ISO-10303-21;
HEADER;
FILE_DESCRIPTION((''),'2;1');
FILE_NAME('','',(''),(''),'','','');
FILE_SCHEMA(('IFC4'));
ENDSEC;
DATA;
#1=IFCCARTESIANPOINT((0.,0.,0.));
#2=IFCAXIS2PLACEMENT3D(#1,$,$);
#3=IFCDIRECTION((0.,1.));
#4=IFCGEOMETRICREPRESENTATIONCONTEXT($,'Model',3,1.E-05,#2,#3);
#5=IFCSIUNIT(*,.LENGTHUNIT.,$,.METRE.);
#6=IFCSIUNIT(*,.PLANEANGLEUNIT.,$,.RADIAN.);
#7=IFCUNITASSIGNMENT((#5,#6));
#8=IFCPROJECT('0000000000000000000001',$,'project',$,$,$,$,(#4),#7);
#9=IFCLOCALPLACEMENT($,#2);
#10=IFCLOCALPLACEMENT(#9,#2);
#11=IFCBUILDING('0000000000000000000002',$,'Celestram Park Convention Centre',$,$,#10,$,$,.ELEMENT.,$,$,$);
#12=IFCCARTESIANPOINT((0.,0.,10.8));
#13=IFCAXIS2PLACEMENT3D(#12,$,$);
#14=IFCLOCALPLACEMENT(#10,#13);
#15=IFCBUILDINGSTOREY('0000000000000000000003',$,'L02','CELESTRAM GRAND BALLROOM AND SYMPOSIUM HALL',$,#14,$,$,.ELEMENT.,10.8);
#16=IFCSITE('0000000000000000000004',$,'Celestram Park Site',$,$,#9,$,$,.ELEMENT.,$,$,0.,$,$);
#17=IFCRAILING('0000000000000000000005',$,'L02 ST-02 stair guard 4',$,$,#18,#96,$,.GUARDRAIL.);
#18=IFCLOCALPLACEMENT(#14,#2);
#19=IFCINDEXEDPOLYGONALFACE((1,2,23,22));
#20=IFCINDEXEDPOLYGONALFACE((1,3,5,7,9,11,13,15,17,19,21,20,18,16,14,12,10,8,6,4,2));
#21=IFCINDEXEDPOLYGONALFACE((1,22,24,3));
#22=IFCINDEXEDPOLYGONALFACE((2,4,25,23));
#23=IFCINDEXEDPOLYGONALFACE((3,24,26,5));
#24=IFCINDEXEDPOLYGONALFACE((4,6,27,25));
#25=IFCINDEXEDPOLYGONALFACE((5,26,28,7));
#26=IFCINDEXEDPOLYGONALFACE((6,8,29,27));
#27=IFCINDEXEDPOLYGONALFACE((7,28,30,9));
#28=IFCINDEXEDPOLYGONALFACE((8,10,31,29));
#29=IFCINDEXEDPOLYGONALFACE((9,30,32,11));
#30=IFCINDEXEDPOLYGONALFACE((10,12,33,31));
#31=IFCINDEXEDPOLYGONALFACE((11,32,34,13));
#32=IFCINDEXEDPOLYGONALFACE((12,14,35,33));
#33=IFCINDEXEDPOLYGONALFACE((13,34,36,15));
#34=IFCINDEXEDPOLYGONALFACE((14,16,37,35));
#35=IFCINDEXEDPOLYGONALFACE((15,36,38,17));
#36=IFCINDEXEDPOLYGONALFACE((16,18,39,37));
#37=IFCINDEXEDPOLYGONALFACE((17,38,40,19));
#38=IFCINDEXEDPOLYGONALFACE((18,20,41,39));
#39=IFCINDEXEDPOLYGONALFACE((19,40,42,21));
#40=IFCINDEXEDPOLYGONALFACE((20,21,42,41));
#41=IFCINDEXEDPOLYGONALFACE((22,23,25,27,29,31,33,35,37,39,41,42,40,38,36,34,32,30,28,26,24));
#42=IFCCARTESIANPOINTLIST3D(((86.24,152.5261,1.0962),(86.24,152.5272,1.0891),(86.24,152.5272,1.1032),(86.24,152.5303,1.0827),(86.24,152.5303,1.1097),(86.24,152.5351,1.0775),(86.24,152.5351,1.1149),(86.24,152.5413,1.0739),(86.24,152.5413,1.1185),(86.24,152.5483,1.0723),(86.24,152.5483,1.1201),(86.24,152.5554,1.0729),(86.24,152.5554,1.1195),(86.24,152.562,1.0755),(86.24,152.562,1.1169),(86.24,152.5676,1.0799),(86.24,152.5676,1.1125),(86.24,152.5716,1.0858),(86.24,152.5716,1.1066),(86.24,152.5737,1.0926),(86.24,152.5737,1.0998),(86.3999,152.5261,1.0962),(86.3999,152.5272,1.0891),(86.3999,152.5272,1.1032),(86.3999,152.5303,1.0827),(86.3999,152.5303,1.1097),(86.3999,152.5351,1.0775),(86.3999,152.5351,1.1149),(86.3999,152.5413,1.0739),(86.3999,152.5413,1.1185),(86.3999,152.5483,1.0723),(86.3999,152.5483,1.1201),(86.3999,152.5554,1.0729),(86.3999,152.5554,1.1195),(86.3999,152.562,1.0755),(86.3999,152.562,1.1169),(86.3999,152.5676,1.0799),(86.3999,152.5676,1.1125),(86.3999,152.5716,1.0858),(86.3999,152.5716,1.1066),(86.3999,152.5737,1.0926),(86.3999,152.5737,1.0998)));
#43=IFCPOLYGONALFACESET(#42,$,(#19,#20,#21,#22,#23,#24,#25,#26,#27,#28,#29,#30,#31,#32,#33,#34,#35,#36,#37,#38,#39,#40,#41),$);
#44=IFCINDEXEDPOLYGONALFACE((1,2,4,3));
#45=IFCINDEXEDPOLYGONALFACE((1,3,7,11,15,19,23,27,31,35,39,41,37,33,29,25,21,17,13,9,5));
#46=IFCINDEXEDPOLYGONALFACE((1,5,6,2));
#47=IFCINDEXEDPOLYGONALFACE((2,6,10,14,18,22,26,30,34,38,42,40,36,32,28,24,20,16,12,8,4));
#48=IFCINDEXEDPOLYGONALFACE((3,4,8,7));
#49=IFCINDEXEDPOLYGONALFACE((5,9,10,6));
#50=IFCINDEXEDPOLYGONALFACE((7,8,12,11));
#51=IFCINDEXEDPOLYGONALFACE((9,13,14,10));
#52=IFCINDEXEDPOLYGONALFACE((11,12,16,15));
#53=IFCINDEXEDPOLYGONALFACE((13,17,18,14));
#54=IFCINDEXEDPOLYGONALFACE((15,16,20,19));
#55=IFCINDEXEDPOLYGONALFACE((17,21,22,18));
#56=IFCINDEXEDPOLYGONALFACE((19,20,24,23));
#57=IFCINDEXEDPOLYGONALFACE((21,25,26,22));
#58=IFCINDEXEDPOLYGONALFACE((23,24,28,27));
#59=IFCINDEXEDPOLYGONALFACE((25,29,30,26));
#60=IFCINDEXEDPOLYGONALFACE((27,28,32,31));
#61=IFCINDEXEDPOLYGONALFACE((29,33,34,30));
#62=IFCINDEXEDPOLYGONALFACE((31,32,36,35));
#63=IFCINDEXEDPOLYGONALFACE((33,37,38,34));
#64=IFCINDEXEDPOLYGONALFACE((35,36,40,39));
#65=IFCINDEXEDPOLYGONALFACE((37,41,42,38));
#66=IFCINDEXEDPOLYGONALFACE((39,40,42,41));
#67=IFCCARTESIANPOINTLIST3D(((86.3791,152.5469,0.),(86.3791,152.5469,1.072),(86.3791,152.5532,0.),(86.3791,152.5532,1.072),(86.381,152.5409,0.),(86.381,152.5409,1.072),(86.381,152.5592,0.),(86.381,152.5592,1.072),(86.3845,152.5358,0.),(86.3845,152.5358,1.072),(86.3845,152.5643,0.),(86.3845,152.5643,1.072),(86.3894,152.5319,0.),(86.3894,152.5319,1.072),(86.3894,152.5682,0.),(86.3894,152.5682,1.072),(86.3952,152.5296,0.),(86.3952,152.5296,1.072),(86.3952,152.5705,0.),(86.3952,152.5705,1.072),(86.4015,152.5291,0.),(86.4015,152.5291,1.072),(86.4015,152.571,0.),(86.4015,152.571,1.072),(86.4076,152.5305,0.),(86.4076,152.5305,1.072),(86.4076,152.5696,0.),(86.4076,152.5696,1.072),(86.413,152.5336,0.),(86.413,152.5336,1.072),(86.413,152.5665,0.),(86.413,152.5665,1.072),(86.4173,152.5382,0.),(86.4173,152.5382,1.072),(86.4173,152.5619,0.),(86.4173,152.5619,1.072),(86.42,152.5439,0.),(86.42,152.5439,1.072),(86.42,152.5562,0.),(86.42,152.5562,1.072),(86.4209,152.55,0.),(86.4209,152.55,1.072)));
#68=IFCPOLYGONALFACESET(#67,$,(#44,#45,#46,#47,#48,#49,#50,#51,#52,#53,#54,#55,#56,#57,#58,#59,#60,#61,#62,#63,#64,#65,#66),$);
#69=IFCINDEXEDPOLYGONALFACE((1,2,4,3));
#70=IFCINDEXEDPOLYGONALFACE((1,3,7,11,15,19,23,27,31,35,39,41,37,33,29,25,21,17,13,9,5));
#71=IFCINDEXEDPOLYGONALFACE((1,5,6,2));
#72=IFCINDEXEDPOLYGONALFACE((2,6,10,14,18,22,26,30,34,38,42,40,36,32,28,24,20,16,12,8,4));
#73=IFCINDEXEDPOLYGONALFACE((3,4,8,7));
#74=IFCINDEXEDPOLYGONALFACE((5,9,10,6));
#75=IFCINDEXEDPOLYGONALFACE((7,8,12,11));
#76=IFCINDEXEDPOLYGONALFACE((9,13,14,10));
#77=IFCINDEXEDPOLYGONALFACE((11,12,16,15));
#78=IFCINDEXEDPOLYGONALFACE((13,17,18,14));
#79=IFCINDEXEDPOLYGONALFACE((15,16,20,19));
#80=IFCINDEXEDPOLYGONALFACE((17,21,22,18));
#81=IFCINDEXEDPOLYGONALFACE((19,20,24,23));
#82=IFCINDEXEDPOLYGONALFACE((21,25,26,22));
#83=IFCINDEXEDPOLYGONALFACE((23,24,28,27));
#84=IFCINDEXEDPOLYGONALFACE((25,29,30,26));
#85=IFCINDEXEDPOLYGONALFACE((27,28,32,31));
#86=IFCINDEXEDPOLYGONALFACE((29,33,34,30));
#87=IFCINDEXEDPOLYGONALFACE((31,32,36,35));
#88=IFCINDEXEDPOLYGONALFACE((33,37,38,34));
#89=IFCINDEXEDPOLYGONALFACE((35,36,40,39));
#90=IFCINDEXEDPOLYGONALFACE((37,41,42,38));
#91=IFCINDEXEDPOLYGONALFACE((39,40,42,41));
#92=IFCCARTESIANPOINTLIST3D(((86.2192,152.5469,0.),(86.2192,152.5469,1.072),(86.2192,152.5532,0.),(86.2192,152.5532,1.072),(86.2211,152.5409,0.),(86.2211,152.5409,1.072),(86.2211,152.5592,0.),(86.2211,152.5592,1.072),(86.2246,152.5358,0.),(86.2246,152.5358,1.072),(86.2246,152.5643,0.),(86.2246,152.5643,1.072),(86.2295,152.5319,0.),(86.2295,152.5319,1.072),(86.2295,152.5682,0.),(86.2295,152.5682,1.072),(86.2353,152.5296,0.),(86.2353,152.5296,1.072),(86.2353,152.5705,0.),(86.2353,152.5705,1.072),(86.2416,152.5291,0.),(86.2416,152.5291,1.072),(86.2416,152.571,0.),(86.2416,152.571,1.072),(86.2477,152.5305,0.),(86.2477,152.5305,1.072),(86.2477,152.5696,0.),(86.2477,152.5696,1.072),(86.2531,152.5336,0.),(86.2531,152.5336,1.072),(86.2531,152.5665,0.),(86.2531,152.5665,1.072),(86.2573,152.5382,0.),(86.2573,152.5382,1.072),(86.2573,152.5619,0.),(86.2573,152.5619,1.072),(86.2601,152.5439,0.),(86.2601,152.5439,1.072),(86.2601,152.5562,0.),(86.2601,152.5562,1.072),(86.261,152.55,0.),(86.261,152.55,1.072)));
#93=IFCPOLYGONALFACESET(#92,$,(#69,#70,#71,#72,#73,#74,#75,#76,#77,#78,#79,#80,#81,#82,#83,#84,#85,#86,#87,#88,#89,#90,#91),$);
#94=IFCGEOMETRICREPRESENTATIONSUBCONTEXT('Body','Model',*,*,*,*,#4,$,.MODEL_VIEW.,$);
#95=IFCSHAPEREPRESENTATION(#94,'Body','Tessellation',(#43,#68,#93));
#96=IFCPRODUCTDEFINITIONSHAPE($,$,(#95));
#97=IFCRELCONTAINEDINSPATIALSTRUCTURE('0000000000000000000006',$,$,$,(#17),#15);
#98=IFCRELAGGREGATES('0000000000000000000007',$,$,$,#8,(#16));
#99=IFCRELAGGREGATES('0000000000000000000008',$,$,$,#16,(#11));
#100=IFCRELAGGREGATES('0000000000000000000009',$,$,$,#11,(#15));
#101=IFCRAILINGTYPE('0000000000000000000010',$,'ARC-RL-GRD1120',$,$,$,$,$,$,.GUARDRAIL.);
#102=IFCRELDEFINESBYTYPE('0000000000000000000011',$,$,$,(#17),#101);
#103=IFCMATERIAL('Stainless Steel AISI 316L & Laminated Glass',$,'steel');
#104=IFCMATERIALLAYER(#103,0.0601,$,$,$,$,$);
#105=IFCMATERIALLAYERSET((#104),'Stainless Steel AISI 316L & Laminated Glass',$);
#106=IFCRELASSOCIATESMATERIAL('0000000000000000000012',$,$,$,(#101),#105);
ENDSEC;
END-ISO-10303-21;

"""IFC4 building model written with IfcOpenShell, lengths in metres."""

from ifc_helpers import new_model, si_unit, direction, frame, origin, origin_2d, place, context, subcontext, project, spatial, circle, extrude, material, layer, layer_set, type_object, element, save


model = new_model("IFC4")

# Units and contexts
model_context = context("Model", 3, precision=1e-05, world=origin(), true_north=direction((0.0, 1.0)))
body_context = subcontext(model_context, "Body", "Model", "MODEL_VIEW")
ifc_project = project(units=[si_unit("LENGTHUNIT", "METRE"), si_unit("PLANEANGLEUNIT", "RADIAN")], contexts=[model_context])

# Site, building, storey
site_placement = place(None, origin())
site = spatial("IfcSite", under=ifc_project, at=site_placement, Name="Celestram Park Site", CompositionType="ELEMENT", RefElevation=0.0)
building_placement = place(site_placement, origin())
building = spatial("IfcBuilding", under=site, at=building_placement, Name="Celestram Park Convention Centre", CompositionType="ELEMENT")
storey_placement = place(building_placement, frame((0.0, 0.0, 10.8)))
storey = spatial("IfcBuildingStorey", under=building, at=storey_placement, Name="L02", Description="CELESTRAM GRAND BALLROOM AND SYMPOSIUM HALL", CompositionType="ELEMENT", Elevation=10.8)

# Railing
ifc_material_1 = material(Name="Stainless Steel AISI 316L & Laminated Glass", Category="steel")
ifc_layer_1 = layer(ifc_material_1, 0.0601)
ifc_layer_set_1 = layer_set([ifc_layer_1], Name="Stainless Steel AISI 316L & Laminated Glass")
railing_type = type_object("IfcRailingType", Name="ARC-RL-GRD1120", PredefinedType="GUARDRAIL", material=ifc_layer_set_1)
railing_placement = place(storey_placement, frame((86.3999, 152.55, 0.0)))
element("IfcRailing", 1, at=railing_placement, inside=storey, type_object=railing_type, Name="L02 ST-02 stair guard 4", PredefinedType="GUARDRAIL", context=body_context, shape_type="SweptSolid", body=[
    extrude(circle(Radius=0.0239, at=origin_2d()), frame((0.0, 0.0, 1.0962), z_axis=(-1.0, 0.0, 0.0), x_axis=(0.0, -1.0, 0.0)), (0.0, 0.0, 1.0), 0.1599),
    extrude(circle(Radius=0.021, at=origin_2d()), origin(), (0.0, 0.0, 1.0), 1.072),
    extrude(circle(Radius=0.021, at=origin_2d()), frame((-0.1599, 0.0, 0.0)), (0.0, 0.0, 1.0), 1.072),
])

save(model, "model.ifc")
